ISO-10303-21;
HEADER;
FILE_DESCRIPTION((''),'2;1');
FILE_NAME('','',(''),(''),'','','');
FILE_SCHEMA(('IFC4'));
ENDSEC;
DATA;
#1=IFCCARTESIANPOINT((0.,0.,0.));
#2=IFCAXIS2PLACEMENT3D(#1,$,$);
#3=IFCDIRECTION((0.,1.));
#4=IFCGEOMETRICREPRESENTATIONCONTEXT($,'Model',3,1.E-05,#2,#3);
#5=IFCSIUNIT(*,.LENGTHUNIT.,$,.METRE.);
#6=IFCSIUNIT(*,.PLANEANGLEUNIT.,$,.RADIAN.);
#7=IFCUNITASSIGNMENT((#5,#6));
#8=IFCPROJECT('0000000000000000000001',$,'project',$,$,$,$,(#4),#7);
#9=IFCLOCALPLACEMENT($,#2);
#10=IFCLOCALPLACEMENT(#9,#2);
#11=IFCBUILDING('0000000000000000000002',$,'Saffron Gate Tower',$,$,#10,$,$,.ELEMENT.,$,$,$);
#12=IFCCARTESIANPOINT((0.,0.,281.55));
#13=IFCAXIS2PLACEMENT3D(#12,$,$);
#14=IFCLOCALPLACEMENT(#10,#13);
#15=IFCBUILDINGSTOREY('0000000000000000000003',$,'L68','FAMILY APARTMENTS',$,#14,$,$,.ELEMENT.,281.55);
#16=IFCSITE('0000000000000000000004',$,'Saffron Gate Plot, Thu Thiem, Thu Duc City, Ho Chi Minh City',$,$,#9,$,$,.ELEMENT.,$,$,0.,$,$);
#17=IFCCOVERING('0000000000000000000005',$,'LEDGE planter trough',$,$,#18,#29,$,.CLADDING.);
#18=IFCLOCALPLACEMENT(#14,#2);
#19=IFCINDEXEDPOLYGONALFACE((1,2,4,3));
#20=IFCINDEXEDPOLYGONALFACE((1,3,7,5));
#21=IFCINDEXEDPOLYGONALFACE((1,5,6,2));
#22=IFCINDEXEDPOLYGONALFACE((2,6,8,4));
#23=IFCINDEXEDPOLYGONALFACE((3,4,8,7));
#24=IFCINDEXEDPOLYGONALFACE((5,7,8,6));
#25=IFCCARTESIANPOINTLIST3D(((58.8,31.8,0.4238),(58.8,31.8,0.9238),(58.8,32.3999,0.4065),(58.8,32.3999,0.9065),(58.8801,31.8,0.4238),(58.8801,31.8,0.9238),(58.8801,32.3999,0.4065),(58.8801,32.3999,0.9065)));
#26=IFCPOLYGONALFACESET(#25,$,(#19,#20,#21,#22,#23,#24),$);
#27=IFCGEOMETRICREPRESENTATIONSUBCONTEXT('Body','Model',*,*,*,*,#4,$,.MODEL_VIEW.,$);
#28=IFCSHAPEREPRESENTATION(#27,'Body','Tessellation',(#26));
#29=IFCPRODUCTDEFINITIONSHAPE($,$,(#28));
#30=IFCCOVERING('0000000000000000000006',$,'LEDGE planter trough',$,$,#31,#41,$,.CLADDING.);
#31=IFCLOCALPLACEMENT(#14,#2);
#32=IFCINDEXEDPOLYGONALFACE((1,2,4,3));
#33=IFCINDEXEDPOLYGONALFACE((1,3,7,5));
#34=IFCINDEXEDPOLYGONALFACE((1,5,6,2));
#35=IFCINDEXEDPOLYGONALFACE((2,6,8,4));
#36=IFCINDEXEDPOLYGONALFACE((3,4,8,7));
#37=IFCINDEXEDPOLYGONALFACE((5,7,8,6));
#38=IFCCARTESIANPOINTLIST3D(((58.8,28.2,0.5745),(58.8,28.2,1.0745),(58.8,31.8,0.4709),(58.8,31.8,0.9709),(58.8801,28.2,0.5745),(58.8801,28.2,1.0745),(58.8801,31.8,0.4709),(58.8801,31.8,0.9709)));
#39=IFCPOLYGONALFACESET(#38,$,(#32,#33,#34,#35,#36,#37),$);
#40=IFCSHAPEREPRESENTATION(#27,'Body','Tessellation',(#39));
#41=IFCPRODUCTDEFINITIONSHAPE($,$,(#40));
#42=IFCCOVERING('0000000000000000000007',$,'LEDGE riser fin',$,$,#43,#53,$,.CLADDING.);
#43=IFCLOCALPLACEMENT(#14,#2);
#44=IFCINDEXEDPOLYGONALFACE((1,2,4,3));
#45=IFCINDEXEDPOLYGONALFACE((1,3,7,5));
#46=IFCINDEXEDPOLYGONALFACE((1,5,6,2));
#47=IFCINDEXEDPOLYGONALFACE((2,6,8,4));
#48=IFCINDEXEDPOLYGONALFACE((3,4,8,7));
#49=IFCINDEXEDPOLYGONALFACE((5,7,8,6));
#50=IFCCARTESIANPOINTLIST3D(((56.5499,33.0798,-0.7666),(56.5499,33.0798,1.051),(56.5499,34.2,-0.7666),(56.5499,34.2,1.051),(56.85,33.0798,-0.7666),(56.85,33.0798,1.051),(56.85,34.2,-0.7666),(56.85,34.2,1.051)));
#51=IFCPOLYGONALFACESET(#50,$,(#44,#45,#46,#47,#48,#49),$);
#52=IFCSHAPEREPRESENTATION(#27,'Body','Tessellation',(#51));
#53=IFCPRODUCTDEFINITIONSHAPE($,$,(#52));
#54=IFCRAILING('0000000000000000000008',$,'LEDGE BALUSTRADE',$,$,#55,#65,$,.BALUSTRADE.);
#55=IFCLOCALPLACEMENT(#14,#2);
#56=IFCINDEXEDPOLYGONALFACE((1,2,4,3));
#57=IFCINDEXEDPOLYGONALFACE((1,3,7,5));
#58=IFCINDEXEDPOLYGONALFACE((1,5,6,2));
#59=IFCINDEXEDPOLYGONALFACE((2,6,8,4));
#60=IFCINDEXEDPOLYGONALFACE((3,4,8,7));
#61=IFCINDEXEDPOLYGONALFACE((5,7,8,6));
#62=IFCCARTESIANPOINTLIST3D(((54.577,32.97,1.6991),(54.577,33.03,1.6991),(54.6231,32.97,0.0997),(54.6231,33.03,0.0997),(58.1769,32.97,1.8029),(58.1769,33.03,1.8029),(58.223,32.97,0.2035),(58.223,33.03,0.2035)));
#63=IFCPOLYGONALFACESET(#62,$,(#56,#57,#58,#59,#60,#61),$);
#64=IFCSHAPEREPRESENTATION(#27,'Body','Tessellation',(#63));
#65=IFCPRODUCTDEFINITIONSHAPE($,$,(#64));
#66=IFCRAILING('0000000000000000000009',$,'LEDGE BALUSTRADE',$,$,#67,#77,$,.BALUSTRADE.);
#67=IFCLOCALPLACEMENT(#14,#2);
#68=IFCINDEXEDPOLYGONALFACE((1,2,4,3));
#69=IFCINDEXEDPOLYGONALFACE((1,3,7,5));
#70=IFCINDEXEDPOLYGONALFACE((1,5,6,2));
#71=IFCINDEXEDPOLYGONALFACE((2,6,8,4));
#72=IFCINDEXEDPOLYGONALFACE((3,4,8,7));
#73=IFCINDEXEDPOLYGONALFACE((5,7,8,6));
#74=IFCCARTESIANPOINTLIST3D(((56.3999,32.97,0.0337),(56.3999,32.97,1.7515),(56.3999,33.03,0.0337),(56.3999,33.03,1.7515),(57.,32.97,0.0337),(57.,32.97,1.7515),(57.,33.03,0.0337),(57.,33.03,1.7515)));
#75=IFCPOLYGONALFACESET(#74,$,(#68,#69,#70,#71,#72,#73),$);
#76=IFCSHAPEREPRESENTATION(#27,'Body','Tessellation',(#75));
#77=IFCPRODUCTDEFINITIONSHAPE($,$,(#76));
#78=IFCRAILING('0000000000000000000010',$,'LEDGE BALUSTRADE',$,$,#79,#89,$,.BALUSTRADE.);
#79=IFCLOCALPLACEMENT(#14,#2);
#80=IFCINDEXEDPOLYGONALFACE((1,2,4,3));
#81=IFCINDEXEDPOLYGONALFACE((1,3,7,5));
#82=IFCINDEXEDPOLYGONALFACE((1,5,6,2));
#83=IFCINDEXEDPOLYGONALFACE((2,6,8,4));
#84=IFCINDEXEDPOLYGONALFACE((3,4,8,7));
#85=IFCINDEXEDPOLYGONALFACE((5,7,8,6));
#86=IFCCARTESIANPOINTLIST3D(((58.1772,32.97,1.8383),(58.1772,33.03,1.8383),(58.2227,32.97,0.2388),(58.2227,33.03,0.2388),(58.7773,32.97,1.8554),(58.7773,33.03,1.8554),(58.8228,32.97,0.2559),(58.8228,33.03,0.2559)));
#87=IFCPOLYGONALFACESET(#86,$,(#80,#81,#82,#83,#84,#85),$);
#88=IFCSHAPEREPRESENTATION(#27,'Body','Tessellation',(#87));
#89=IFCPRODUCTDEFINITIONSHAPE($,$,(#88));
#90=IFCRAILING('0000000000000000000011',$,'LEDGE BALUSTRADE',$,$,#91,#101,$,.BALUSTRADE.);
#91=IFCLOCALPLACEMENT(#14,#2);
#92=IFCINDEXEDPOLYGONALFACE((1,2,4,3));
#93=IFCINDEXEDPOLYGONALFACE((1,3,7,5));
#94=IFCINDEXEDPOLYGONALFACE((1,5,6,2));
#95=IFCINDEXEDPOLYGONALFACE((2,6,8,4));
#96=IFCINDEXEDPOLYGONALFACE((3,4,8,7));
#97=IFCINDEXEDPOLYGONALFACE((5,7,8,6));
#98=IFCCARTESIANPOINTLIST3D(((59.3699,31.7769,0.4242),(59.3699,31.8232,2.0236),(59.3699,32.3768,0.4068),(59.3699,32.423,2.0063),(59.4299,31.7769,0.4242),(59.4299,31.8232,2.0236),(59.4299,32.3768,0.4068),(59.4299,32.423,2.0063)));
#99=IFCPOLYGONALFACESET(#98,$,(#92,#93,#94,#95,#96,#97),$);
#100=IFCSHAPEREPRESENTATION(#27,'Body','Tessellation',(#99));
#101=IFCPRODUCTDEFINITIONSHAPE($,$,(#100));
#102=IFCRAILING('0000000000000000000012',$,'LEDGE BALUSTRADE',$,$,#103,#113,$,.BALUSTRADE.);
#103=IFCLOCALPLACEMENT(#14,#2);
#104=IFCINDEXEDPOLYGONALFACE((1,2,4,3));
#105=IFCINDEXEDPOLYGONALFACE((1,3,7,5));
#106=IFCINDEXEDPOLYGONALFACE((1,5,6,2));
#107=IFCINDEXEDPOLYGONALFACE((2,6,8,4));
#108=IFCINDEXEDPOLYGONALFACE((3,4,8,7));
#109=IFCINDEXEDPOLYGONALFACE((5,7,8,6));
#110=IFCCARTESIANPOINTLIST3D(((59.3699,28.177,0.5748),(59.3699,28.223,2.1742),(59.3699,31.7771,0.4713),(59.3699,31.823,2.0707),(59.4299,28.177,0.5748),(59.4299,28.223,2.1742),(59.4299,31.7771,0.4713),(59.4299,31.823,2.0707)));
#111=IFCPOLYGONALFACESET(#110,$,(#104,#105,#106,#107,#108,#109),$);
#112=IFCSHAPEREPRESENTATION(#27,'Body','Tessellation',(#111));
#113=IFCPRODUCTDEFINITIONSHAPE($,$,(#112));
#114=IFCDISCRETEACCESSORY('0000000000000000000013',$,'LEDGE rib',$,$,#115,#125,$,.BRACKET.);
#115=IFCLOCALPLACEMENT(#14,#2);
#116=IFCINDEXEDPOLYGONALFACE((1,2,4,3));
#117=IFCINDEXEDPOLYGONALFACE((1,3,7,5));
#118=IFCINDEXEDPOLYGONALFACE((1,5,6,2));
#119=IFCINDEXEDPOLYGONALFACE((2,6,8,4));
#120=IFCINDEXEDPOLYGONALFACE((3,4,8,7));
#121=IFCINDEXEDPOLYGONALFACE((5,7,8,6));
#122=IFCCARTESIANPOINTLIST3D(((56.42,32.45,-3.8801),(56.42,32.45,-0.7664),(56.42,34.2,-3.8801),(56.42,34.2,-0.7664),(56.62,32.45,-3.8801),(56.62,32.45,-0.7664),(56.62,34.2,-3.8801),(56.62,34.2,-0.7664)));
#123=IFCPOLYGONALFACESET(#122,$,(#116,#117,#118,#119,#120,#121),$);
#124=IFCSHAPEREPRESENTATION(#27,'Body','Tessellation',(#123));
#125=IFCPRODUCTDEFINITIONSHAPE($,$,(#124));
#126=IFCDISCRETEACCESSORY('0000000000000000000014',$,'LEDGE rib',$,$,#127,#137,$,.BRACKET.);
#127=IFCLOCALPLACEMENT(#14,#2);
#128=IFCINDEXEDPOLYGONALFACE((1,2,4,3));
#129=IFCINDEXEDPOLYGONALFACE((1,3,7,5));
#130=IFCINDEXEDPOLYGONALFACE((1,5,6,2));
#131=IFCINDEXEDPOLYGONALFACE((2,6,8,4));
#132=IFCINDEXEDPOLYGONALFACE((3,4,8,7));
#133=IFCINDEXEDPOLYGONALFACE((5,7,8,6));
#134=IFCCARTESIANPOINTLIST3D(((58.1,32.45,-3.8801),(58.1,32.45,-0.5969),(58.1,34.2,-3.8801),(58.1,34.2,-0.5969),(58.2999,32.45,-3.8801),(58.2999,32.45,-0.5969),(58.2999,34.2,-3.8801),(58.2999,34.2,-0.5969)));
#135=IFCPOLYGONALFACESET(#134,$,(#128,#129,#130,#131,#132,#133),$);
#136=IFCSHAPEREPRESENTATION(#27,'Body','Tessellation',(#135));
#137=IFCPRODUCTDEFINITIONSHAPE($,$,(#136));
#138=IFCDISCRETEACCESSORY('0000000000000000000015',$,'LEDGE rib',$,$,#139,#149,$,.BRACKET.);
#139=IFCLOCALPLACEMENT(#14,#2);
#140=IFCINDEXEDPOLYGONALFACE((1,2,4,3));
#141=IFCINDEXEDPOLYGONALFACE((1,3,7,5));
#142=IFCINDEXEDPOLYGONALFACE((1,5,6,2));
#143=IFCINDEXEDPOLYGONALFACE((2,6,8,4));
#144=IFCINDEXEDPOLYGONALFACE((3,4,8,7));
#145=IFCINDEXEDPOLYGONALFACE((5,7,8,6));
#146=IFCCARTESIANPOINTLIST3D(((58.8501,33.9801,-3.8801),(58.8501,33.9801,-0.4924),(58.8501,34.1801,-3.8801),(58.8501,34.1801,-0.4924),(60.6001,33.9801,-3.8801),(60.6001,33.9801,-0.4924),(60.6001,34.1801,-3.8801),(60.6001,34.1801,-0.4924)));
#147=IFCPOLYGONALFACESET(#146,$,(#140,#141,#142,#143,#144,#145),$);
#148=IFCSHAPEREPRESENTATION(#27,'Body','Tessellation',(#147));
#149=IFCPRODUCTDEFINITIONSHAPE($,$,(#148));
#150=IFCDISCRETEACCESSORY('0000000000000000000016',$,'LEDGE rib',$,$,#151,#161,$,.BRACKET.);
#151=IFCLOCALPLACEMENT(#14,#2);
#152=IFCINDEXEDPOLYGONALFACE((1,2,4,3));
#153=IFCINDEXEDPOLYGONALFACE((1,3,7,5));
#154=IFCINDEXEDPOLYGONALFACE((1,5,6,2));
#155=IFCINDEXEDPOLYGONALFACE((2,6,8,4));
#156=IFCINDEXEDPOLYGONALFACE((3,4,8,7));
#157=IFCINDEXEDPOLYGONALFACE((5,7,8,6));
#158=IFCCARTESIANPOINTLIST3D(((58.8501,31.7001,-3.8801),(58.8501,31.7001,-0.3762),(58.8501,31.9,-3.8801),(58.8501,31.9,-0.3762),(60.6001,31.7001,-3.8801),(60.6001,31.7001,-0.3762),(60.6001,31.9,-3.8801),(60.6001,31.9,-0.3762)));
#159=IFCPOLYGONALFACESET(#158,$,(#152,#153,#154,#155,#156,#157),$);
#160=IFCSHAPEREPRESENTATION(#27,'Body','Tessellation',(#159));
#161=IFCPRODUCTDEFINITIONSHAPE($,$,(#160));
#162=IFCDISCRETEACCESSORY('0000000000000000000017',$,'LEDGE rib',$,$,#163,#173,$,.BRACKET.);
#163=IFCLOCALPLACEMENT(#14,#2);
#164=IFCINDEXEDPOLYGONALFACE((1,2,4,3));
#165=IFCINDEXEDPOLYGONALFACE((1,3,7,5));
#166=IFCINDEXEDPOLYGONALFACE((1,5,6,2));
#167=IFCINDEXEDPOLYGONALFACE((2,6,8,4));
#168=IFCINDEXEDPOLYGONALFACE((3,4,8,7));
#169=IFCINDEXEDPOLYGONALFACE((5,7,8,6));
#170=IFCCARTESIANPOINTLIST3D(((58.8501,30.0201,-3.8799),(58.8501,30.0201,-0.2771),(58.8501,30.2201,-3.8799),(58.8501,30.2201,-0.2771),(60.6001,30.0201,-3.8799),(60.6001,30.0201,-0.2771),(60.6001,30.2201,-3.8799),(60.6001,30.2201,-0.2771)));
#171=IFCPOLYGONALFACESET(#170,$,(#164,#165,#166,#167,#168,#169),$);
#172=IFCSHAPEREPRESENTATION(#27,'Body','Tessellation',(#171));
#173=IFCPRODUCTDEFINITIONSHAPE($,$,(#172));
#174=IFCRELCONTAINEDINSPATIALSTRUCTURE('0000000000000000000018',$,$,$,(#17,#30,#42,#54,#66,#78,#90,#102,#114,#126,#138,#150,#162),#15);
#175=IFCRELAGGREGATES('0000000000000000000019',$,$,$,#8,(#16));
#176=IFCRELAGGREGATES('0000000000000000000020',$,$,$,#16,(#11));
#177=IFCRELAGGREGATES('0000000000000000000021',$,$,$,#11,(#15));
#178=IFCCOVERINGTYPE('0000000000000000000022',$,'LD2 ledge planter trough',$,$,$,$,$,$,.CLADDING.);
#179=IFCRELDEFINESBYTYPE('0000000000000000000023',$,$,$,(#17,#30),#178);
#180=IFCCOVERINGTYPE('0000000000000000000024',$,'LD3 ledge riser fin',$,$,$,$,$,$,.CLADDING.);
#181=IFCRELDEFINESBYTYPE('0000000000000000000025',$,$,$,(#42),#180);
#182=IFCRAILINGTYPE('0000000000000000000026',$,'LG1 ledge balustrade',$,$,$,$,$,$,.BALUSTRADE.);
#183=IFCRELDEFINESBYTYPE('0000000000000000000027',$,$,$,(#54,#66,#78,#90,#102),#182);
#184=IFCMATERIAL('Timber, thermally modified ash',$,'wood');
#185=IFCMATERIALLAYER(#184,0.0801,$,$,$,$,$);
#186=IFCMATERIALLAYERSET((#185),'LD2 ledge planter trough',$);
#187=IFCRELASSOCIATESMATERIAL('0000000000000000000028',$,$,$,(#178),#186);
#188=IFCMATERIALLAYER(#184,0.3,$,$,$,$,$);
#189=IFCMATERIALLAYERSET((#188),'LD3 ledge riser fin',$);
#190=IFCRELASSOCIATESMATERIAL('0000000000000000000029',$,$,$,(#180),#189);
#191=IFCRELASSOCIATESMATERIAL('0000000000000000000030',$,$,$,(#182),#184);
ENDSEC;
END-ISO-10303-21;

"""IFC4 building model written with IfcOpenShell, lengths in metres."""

from ifc_helpers import new_model, si_unit, direction, frame, origin, origin_2d, place, context, subcontext, project, spatial, polyline, rectangle, outline, extrude, material, layer, layer_set, type_object, element, save


model = new_model("IFC4")

# Units and contexts
model_context = context("Model", 3, precision=1e-05, world=origin(), true_north=direction((0.0, 1.0)))
body_context = subcontext(model_context, "Body", "Model", "MODEL_VIEW")
ifc_project = project(units=[si_unit("LENGTHUNIT", "METRE"), si_unit("PLANEANGLEUNIT", "RADIAN")], contexts=[model_context])

# Site, building, storey
site_placement = place(None, origin())
site = spatial("IfcSite", under=ifc_project, at=site_placement, Name="Saffron Gate Plot, Thu Thiem, Thu Duc City, Ho Chi Minh City", CompositionType="ELEMENT", RefElevation=0.0)
building_placement = place(site_placement, origin())
building = spatial("IfcBuilding", under=site, at=building_placement, Name="Saffron Gate Tower", CompositionType="ELEMENT")
storey_placement = place(building_placement, frame((0.0, 0.0, 281.55)))
storey = spatial("IfcBuildingStorey", under=building, at=storey_placement, Name="L68", Description="FAMILY APARTMENTS", CompositionType="ELEMENT", Elevation=281.55)

# Coverings
ifc_material_1 = material(Name="Timber, thermally modified ash", Category="wood")
ifc_layer_1 = layer(ifc_material_1, 0.0801)
ifc_layer_set_1 = layer_set([ifc_layer_1], Name="LD2 ledge planter trough")
covering_type_1 = type_object("IfcCoveringType", Name="LD2 ledge planter trough", PredefinedType="CLADDING", material=ifc_layer_set_1)
covering_1_placement = place(storey_placement, frame((58.8, 32.3999, 0.4065), z_axis=(-1.0, 0.0, 0.0), x_axis=(0.0, -0.999583, 0.028885)))
element("IfcCovering", 1, at=covering_1_placement, inside=storey, type_object=covering_type_1, Name="LEDGE planter trough", PredefinedType="CLADDING", context=body_context, shape_type="SweptSolid", body=[
    extrude(outline(polyline([(0.0, 0.0), (0.6001, 0.0), (0.6145, 0.4998), (0.0144, 0.4998), (0.0, 0.0)])), origin(), (0.0, 0.0, -1.0), 0.0801),
])
covering_2_placement = place(storey_placement, frame((58.8, 31.8, 0.4709), z_axis=(-1.0, 0.0, 0.0), x_axis=(0.0, -0.999587, 0.028742)))
element("IfcCovering", 2, at=covering_2_placement, inside=storey, type_object=covering_type_1, Name="LEDGE planter trough", PredefinedType="CLADDING", context=body_context, shape_type="SweptSolid", body=[
    extrude(outline(polyline([(0.0, 0.0), (3.6016, 0.0), (3.616, 0.4998), (0.0144, 0.4998), (0.0, 0.0)])), origin(), (0.0, 0.0, -1.0), 0.0801),
])
ifc_layer_2 = layer(ifc_material_1, 0.3)
ifc_layer_set_2 = layer_set([ifc_layer_2], Name="LD3 ledge riser fin")
covering_type_2 = type_object("IfcCoveringType", Name="LD3 ledge riser fin", PredefinedType="CLADDING", material=ifc_layer_set_2)
covering_3_placement = place(storey_placement, frame((56.7, 33.6399, -0.7666), z_axis=(0.0, 0.0, 1.0), x_axis=(1.0, 0.0, 0.0)))
element("IfcCovering", 3, at=covering_3_placement, inside=storey, type_object=covering_type_2, Name="LEDGE riser fin", PredefinedType="CLADDING", context=body_context, shape_type="SweptSolid", body=[
    extrude(rectangle(XDim=0.3, YDim=1.1201, at=origin_2d()), origin(), (0.0, 0.0, 1.0), 1.8176),
])

# Railings
railing_type = type_object("IfcRailingType", Name="LG1 ledge balustrade", PredefinedType="BALUSTRADE", material=ifc_material_1)
railing_1_placement = place(storey_placement, frame((54.6001, 33.0, 0.0994)))
element("IfcRailing", 4, at=railing_1_placement, inside=storey, type_object=railing_type, Name="LEDGE BALUSTRADE", PredefinedType="BALUSTRADE", context=body_context, shape_type="SweptSolid", body=[
    extrude(rectangle(XDim=0.0601, YDim=1.6001, at=origin_2d()), frame((0.0, 0.0, 0.8), z_axis=(0.999585, 0.0, 0.028811), x_axis=(0.0, 1.0, 0.0)), (0.0, 0.0, 1.0), 3.6013),
])
railing_2_placement = place(storey_placement, frame((56.3999, 33.0, 0.0337)))
element("IfcRailing", 5, at=railing_2_placement, inside=storey, type_object=railing_type, Name="LEDGE BALUSTRADE", PredefinedType="BALUSTRADE", context=body_context, shape_type="SweptSolid", body=[
    extrude(rectangle(XDim=0.0601, YDim=1.7178, at=origin_2d()), frame((0.0, 0.0, 0.8589), z_axis=(1.0, 0.0, 0.0), x_axis=(0.0, 1.0, 0.0)), (0.0, 0.0, 1.0), 0.6001),
])
railing_3_placement = place(storey_placement, frame((58.2, 33.0, 0.2385)))
element("IfcRailing", 6, at=railing_3_placement, inside=storey, type_object=railing_type, Name="LEDGE BALUSTRADE", PredefinedType="BALUSTRADE", context=body_context, shape_type="SweptSolid", body=[
    extrude(rectangle(XDim=0.0601, YDim=1.6001, at=origin_2d()), frame((0.0, 0.0, 0.8), z_axis=(0.999595, 0.0, 0.028467), x_axis=(0.0, 1.0, 0.0)), (0.0, 0.0, 1.0), 0.6003),
])
railing_4_placement = place(storey_placement, frame((59.3999, 32.3999, 0.4065)))
element("IfcRailing", 7, at=railing_4_placement, inside=storey, type_object=railing_type, Name="LEDGE BALUSTRADE", PredefinedType="BALUSTRADE", context=body_context, shape_type="SweptSolid", body=[
    extrude(rectangle(XDim=0.0601, YDim=1.6001, at=origin_2d()), frame((0.0, 0.0, 0.8), z_axis=(0.0, -0.999583, 0.028885), x_axis=(1.0, 0.0, 0.0)), (0.0, 0.0, 1.0), 0.6001),
])
railing_5_placement = place(storey_placement, frame((59.3999, 31.8, 0.4709)))
element("IfcRailing", 8, at=railing_5_placement, inside=storey, type_object=railing_type, Name="LEDGE BALUSTRADE", PredefinedType="BALUSTRADE", context=body_context, shape_type="SweptSolid", body=[
    extrude(rectangle(XDim=0.0601, YDim=1.6001, at=origin_2d()), frame((0.0, 0.0, 0.8), z_axis=(0.0, -0.999587, 0.028742), x_axis=(1.0, 0.0, 0.0)), (0.0, 0.0, 1.0), 3.6016),
])

# Discrete accessories
discrete_accessory_1_placement = place(storey_placement, frame((56.52, 33.325, -3.8801), z_axis=(0.0, 0.0, 1.0), x_axis=(1.0, 0.0, 0.0)))
element("IfcDiscreteAccessory", 9, at=discrete_accessory_1_placement, inside=storey, Name="LEDGE rib", PredefinedType="BRACKET", context=body_context, shape_type="SweptSolid", body=[
    extrude(rectangle(XDim=0.2, YDim=1.75, at=origin_2d()), origin(), (0.0, 0.0, 1.0), 3.1138),
])
discrete_accessory_2_placement = place(storey_placement, frame((58.2, 33.325, -3.8801), z_axis=(0.0, 0.0, 1.0), x_axis=(1.0, 0.0, 0.0)))
element("IfcDiscreteAccessory", 10, at=discrete_accessory_2_placement, inside=storey, Name="LEDGE rib", PredefinedType="BRACKET", context=body_context, shape_type="SweptSolid", body=[
    extrude(rectangle(XDim=0.2, YDim=1.75, at=origin_2d()), origin(), (0.0, 0.0, 1.0), 3.2832),
])
discrete_accessory_3_placement = place(storey_placement, frame((59.7251, 34.0801, -3.8801), z_axis=(0.0, 0.0, 1.0), x_axis=(0.0, -1.0, 0.0)))
element("IfcDiscreteAccessory", 11, at=discrete_accessory_3_placement, inside=storey, Name="LEDGE rib", PredefinedType="BRACKET", context=body_context, shape_type="SweptSolid", body=[
    extrude(rectangle(XDim=0.2, YDim=1.75, at=origin_2d()), origin(), (0.0, 0.0, 1.0), 3.3877),
])
discrete_accessory_4_placement = place(storey_placement, frame((59.7251, 31.8, -3.8801), z_axis=(0.0, 0.0, 1.0), x_axis=(0.0, -1.0, 0.0)))
element("IfcDiscreteAccessory", 12, at=discrete_accessory_4_placement, inside=storey, Name="LEDGE rib", PredefinedType="BRACKET", context=body_context, shape_type="SweptSolid", body=[
    extrude(rectangle(XDim=0.2, YDim=1.75, at=origin_2d()), origin(), (0.0, 0.0, 1.0), 3.5039),
])
discrete_accessory_5_placement = place(storey_placement, frame((59.7251, 30.1201, -3.8799), z_axis=(0.0, 0.0, 1.0), x_axis=(0.0, -1.0, 0.0)))
element("IfcDiscreteAccessory", 13, at=discrete_accessory_5_placement, inside=storey, Name="LEDGE rib", PredefinedType="BRACKET", context=body_context, shape_type="SweptSolid", body=[
    extrude(rectangle(XDim=0.2, YDim=1.75, at=origin_2d()), origin(), (0.0, 0.0, 1.0), 3.6028),
])

save(model, "model.ifc")
